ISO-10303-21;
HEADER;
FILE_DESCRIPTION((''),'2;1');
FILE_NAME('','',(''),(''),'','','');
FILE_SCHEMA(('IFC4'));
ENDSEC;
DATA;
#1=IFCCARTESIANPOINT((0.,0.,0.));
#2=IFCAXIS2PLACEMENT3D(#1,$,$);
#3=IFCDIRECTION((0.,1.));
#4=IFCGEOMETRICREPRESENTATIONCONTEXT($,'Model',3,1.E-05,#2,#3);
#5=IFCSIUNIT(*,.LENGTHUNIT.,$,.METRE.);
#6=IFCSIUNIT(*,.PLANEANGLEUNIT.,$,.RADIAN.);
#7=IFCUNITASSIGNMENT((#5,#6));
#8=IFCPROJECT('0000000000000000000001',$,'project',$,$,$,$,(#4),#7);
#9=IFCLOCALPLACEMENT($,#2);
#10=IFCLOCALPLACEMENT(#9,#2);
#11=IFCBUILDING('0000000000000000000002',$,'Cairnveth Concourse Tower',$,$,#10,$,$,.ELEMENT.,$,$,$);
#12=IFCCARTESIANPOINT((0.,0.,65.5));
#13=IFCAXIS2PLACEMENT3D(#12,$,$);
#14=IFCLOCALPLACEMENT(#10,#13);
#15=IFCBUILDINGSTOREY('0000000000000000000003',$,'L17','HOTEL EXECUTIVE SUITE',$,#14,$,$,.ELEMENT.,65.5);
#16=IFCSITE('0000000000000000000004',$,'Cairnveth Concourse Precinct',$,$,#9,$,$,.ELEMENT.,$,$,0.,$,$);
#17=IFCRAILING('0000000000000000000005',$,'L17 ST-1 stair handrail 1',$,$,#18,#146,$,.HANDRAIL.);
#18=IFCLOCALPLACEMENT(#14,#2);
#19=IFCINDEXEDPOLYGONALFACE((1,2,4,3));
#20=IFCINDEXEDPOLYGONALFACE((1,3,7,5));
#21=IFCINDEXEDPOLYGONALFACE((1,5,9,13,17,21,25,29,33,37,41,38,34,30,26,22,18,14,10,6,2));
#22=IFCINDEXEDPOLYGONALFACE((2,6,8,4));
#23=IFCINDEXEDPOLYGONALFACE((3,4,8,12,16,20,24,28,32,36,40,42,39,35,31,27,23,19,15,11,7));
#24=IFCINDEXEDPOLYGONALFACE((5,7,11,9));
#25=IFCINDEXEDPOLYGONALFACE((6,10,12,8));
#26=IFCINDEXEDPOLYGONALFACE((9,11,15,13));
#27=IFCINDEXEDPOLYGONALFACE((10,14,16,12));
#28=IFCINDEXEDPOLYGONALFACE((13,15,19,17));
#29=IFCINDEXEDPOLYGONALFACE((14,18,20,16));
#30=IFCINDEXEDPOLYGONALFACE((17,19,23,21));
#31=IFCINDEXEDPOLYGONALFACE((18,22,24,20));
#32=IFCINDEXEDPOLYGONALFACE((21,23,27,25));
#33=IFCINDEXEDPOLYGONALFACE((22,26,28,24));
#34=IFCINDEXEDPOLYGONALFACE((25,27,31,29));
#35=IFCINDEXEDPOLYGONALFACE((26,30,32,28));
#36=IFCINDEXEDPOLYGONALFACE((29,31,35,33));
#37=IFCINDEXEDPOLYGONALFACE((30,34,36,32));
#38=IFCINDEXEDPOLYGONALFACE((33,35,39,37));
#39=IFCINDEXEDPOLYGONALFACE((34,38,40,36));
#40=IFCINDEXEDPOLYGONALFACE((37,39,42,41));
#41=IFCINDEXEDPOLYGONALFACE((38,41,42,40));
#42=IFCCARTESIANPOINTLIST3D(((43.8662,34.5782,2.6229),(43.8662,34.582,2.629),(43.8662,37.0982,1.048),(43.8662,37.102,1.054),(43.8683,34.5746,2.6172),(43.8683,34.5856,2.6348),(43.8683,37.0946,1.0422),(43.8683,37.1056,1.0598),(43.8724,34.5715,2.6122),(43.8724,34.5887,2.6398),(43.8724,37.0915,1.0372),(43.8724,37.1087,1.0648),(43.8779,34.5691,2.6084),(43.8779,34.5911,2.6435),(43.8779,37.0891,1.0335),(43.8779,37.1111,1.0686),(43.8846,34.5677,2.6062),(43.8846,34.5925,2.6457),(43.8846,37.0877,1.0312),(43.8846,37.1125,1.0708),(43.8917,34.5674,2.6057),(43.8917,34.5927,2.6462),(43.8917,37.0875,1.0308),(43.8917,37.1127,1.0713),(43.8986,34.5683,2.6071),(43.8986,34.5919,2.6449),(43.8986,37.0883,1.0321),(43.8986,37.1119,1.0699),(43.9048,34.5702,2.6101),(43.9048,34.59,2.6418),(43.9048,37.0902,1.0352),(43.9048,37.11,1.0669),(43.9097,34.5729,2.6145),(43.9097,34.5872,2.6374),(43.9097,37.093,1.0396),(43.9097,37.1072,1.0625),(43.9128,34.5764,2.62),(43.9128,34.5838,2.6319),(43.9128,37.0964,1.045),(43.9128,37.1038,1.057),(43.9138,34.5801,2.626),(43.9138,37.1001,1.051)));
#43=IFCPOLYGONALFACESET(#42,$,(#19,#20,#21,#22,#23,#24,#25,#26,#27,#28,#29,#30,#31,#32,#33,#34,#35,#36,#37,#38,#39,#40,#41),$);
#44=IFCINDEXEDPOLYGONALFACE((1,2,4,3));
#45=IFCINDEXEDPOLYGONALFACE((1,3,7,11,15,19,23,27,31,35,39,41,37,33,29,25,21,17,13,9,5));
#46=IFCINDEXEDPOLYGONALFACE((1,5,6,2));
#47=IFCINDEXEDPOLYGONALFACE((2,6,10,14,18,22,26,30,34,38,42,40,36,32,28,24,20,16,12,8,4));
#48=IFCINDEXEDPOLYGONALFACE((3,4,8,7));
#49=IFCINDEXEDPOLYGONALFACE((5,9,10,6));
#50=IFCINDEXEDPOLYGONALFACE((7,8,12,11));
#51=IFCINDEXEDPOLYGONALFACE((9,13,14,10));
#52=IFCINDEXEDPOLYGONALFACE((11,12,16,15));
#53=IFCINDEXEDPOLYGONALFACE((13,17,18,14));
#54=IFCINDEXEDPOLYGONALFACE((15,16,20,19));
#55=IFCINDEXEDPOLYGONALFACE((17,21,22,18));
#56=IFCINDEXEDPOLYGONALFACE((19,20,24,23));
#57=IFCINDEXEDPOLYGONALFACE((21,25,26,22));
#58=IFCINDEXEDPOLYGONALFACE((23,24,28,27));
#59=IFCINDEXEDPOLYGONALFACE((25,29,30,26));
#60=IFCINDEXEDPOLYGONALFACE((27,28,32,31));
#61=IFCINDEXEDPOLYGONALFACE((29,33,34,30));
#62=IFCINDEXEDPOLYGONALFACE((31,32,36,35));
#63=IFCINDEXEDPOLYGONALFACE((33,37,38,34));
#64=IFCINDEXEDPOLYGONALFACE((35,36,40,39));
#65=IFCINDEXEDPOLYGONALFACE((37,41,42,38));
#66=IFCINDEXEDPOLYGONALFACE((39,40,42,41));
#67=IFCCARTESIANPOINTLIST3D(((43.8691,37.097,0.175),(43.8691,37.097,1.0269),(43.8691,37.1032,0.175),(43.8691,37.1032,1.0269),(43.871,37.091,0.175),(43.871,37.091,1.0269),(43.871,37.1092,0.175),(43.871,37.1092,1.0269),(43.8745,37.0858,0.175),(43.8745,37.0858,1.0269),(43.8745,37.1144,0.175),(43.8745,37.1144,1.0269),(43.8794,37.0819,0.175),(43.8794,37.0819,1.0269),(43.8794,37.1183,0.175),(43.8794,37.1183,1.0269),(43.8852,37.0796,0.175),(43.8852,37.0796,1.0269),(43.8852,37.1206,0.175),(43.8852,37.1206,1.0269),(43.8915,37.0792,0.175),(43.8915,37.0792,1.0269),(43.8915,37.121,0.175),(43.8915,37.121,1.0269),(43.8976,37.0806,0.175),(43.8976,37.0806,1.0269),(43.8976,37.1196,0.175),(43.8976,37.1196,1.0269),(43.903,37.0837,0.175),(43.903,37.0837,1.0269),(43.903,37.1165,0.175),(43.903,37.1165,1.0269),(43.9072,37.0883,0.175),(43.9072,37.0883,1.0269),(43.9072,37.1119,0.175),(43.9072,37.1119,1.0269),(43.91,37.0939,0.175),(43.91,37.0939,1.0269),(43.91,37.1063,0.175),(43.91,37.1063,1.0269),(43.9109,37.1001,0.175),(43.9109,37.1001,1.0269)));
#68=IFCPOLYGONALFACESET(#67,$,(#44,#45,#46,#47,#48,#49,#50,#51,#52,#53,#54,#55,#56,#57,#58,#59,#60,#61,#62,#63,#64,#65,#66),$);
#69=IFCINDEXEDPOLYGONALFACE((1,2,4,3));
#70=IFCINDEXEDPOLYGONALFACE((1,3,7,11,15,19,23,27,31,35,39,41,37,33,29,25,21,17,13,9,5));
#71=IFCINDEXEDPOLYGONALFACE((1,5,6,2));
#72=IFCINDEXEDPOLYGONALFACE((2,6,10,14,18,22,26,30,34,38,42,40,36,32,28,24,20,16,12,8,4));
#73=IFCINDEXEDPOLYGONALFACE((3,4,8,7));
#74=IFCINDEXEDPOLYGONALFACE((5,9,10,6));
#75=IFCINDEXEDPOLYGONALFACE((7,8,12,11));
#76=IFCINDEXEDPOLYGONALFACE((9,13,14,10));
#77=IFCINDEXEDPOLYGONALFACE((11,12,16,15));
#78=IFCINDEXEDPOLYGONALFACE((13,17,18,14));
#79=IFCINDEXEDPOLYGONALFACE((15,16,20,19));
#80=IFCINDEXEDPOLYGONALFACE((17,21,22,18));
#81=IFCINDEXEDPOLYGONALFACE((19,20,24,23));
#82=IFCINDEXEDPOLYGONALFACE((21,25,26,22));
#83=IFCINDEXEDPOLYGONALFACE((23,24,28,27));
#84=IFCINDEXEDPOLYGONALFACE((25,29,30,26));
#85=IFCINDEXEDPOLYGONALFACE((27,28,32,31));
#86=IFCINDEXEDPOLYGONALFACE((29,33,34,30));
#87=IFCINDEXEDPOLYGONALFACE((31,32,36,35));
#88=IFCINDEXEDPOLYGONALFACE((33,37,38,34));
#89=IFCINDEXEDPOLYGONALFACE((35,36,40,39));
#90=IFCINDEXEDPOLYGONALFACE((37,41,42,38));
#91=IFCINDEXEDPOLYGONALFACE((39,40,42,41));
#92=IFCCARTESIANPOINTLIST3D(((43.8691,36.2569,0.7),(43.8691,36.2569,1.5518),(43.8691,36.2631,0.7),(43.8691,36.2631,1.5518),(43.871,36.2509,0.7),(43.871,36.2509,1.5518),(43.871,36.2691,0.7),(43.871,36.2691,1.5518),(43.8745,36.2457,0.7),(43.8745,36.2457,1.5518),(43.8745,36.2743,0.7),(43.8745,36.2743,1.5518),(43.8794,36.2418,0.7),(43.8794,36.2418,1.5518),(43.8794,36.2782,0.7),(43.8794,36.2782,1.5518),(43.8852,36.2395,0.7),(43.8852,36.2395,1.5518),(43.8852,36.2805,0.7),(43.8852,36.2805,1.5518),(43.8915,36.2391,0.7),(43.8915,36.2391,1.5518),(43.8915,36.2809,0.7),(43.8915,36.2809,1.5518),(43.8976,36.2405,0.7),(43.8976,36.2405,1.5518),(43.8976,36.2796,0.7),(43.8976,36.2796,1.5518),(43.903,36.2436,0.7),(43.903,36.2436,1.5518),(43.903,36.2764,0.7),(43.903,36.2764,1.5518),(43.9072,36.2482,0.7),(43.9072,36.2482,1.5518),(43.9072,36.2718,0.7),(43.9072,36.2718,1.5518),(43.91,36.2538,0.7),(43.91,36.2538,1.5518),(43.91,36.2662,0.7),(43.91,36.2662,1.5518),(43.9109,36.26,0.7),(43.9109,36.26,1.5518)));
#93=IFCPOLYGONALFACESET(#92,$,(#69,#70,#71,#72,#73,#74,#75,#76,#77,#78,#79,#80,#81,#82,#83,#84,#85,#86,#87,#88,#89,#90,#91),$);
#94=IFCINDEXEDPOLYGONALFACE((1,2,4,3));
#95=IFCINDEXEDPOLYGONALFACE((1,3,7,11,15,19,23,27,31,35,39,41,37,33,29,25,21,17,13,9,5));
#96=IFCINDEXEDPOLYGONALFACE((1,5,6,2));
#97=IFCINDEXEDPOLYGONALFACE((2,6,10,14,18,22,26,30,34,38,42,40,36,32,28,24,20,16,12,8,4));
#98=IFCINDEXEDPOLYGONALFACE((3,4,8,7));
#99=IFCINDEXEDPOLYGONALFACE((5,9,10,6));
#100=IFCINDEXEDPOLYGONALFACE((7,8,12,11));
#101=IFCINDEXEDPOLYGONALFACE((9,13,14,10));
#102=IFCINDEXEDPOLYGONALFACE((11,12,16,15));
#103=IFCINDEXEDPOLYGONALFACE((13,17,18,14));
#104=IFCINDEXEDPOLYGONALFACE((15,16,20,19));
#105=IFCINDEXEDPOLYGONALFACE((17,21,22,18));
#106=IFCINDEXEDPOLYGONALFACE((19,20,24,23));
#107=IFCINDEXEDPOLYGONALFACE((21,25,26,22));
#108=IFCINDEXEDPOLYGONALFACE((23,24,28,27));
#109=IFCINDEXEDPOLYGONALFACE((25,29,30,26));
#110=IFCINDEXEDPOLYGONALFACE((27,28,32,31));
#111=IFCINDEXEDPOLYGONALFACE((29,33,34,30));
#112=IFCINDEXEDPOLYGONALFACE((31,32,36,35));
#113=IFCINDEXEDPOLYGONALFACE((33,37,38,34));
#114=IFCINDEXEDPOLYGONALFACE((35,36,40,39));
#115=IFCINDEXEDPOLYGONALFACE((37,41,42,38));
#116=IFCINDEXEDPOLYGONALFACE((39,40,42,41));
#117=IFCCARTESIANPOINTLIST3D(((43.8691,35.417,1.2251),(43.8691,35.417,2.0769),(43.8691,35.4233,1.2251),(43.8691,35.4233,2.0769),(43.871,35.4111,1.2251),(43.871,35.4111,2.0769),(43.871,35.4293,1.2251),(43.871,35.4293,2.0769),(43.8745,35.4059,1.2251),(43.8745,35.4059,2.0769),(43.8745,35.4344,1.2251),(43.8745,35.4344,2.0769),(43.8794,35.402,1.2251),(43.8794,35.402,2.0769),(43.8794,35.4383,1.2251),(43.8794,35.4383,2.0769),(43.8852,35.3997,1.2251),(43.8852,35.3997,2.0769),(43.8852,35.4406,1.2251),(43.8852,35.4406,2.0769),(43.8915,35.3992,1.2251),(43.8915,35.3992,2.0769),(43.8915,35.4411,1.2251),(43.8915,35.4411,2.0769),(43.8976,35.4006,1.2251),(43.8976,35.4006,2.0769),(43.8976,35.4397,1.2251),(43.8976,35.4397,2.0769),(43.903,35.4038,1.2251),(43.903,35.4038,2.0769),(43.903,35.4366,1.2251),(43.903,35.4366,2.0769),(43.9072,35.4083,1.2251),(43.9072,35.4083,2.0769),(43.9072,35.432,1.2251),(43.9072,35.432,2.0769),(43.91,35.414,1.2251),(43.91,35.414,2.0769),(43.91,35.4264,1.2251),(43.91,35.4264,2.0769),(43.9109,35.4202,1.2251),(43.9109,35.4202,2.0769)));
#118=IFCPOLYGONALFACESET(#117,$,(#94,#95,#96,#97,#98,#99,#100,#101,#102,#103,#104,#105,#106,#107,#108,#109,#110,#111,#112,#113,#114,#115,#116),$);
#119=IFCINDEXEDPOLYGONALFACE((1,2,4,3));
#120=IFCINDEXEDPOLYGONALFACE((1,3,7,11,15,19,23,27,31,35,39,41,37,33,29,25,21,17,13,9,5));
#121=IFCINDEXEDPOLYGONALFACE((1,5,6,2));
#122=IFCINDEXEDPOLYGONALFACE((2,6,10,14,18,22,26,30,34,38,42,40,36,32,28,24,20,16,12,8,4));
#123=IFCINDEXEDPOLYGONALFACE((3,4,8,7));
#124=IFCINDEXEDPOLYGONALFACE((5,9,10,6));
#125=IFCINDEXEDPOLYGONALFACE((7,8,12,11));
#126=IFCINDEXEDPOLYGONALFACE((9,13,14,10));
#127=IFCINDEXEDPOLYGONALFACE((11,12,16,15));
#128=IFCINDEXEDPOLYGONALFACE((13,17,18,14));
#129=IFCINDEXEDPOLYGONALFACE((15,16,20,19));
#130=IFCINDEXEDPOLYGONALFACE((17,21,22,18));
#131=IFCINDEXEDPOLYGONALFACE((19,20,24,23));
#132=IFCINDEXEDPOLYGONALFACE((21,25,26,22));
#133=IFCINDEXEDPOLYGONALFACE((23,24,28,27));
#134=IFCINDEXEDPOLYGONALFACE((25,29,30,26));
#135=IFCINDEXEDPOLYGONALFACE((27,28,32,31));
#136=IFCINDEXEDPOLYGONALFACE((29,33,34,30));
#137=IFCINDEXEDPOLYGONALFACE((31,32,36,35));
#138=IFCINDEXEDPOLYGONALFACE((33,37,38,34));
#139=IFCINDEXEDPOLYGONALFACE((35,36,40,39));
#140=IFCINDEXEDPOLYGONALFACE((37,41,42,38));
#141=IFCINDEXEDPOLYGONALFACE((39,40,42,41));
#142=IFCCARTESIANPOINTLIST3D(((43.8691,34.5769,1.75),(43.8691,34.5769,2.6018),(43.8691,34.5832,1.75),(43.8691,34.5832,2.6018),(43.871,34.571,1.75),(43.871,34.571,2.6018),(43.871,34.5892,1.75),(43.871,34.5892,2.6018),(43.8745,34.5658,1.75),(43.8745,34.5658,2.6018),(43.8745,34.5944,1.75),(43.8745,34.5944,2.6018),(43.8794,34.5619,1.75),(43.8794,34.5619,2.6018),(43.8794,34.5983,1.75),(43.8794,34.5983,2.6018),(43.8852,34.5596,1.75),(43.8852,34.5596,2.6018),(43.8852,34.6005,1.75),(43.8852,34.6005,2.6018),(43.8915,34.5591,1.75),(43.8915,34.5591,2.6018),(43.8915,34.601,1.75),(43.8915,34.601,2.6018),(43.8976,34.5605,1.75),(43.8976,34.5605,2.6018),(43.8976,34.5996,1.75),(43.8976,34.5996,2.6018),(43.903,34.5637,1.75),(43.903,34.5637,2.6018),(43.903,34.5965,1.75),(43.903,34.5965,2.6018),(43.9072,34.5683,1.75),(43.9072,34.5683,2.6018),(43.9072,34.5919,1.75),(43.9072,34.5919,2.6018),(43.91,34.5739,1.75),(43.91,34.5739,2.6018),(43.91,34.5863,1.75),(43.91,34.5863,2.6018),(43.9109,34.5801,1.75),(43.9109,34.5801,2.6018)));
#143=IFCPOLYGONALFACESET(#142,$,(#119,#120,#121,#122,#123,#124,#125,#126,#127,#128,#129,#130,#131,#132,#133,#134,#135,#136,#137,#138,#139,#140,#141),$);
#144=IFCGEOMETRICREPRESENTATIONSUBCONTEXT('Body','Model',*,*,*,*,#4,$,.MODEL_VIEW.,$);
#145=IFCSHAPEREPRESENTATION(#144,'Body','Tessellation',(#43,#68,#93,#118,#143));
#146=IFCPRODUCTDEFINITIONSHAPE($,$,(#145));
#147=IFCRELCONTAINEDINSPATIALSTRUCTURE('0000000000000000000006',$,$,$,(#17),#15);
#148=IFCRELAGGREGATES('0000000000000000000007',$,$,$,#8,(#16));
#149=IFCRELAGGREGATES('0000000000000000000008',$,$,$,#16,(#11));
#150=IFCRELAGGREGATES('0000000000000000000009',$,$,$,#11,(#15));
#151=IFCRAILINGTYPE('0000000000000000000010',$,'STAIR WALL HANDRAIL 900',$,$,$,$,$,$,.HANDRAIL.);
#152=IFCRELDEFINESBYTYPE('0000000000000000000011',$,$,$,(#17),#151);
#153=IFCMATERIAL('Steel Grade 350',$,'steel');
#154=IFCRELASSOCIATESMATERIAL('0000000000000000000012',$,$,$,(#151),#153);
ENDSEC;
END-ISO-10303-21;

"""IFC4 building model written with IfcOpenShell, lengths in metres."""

from ifc_helpers import new_model, si_unit, direction, frame, origin, origin_2d, place, context, subcontext, project, spatial, circle, extrude, material, type_object, element, save


model = new_model("IFC4")

# Units and contexts
model_context = context("Model", 3, precision=1e-05, world=origin(), true_north=direction((0.0, 1.0)))
body_context = subcontext(model_context, "Body", "Model", "MODEL_VIEW")
ifc_project = project(units=[si_unit("LENGTHUNIT", "METRE"), si_unit("PLANEANGLEUNIT", "RADIAN")], contexts=[model_context])

# Site, building, storey
site_placement = place(None, origin())
site = spatial("IfcSite", under=ifc_project, at=site_placement, Name="Cairnveth Concourse Precinct", CompositionType="ELEMENT", RefElevation=0.0)
building_placement = place(site_placement, origin())
building = spatial("IfcBuilding", under=site, at=building_placement, Name="Cairnveth Concourse Tower", CompositionType="ELEMENT")
storey_placement = place(building_placement, frame((0.0, 0.0, 65.5)))
storey = spatial("IfcBuildingStorey", under=building, at=storey_placement, Name="L17", Description="HOTEL EXECUTIVE SUITE", CompositionType="ELEMENT", Elevation=65.5)

# Railing
ifc_material_1 = material(Name="Steel Grade 350", Category="steel")
railing_type_1 = type_object("IfcRailingType", Name="STAIR WALL HANDRAIL 900", PredefinedType="HANDRAIL", material=ifc_material_1)
railing_1_placement = place(storey_placement, frame((43.8899, 37.1001, 0.175)))
element("IfcRailing", 1, at=railing_1_placement, inside=storey, type_object=railing_type_1, Name="L17 ST-1 stair handrail 1", PredefinedType="HANDRAIL", context=body_context, shape_type="SweptSolid", body=[
    extrude(circle(Radius=0.0239, at=origin_2d()), frame((0.0, 0.0, 0.876), z_axis=(0.0, -0.848008, 0.529984), x_axis=(1.0, 0.0, 0.0)), (0.0, 0.0, 1.0), 2.9717),
    extrude(circle(Radius=0.021, at=origin_2d()), origin(), (0.0, 0.0, 1.0), 0.8518),
    extrude(circle(Radius=0.021, at=origin_2d()), frame((0.0, -0.8401, 0.5249)), (0.0, 0.0, 1.0), 0.8518),
    extrude(circle(Radius=0.021, at=origin_2d()), frame((0.0, -1.6799, 1.05)), (0.0, 0.0, 1.0), 0.8518),
    extrude(circle(Radius=0.021, at=origin_2d()), frame((0.0, -2.52, 1.575)), (0.0, 0.0, 1.0), 0.8518),
])

save(model, "model.ifc")
